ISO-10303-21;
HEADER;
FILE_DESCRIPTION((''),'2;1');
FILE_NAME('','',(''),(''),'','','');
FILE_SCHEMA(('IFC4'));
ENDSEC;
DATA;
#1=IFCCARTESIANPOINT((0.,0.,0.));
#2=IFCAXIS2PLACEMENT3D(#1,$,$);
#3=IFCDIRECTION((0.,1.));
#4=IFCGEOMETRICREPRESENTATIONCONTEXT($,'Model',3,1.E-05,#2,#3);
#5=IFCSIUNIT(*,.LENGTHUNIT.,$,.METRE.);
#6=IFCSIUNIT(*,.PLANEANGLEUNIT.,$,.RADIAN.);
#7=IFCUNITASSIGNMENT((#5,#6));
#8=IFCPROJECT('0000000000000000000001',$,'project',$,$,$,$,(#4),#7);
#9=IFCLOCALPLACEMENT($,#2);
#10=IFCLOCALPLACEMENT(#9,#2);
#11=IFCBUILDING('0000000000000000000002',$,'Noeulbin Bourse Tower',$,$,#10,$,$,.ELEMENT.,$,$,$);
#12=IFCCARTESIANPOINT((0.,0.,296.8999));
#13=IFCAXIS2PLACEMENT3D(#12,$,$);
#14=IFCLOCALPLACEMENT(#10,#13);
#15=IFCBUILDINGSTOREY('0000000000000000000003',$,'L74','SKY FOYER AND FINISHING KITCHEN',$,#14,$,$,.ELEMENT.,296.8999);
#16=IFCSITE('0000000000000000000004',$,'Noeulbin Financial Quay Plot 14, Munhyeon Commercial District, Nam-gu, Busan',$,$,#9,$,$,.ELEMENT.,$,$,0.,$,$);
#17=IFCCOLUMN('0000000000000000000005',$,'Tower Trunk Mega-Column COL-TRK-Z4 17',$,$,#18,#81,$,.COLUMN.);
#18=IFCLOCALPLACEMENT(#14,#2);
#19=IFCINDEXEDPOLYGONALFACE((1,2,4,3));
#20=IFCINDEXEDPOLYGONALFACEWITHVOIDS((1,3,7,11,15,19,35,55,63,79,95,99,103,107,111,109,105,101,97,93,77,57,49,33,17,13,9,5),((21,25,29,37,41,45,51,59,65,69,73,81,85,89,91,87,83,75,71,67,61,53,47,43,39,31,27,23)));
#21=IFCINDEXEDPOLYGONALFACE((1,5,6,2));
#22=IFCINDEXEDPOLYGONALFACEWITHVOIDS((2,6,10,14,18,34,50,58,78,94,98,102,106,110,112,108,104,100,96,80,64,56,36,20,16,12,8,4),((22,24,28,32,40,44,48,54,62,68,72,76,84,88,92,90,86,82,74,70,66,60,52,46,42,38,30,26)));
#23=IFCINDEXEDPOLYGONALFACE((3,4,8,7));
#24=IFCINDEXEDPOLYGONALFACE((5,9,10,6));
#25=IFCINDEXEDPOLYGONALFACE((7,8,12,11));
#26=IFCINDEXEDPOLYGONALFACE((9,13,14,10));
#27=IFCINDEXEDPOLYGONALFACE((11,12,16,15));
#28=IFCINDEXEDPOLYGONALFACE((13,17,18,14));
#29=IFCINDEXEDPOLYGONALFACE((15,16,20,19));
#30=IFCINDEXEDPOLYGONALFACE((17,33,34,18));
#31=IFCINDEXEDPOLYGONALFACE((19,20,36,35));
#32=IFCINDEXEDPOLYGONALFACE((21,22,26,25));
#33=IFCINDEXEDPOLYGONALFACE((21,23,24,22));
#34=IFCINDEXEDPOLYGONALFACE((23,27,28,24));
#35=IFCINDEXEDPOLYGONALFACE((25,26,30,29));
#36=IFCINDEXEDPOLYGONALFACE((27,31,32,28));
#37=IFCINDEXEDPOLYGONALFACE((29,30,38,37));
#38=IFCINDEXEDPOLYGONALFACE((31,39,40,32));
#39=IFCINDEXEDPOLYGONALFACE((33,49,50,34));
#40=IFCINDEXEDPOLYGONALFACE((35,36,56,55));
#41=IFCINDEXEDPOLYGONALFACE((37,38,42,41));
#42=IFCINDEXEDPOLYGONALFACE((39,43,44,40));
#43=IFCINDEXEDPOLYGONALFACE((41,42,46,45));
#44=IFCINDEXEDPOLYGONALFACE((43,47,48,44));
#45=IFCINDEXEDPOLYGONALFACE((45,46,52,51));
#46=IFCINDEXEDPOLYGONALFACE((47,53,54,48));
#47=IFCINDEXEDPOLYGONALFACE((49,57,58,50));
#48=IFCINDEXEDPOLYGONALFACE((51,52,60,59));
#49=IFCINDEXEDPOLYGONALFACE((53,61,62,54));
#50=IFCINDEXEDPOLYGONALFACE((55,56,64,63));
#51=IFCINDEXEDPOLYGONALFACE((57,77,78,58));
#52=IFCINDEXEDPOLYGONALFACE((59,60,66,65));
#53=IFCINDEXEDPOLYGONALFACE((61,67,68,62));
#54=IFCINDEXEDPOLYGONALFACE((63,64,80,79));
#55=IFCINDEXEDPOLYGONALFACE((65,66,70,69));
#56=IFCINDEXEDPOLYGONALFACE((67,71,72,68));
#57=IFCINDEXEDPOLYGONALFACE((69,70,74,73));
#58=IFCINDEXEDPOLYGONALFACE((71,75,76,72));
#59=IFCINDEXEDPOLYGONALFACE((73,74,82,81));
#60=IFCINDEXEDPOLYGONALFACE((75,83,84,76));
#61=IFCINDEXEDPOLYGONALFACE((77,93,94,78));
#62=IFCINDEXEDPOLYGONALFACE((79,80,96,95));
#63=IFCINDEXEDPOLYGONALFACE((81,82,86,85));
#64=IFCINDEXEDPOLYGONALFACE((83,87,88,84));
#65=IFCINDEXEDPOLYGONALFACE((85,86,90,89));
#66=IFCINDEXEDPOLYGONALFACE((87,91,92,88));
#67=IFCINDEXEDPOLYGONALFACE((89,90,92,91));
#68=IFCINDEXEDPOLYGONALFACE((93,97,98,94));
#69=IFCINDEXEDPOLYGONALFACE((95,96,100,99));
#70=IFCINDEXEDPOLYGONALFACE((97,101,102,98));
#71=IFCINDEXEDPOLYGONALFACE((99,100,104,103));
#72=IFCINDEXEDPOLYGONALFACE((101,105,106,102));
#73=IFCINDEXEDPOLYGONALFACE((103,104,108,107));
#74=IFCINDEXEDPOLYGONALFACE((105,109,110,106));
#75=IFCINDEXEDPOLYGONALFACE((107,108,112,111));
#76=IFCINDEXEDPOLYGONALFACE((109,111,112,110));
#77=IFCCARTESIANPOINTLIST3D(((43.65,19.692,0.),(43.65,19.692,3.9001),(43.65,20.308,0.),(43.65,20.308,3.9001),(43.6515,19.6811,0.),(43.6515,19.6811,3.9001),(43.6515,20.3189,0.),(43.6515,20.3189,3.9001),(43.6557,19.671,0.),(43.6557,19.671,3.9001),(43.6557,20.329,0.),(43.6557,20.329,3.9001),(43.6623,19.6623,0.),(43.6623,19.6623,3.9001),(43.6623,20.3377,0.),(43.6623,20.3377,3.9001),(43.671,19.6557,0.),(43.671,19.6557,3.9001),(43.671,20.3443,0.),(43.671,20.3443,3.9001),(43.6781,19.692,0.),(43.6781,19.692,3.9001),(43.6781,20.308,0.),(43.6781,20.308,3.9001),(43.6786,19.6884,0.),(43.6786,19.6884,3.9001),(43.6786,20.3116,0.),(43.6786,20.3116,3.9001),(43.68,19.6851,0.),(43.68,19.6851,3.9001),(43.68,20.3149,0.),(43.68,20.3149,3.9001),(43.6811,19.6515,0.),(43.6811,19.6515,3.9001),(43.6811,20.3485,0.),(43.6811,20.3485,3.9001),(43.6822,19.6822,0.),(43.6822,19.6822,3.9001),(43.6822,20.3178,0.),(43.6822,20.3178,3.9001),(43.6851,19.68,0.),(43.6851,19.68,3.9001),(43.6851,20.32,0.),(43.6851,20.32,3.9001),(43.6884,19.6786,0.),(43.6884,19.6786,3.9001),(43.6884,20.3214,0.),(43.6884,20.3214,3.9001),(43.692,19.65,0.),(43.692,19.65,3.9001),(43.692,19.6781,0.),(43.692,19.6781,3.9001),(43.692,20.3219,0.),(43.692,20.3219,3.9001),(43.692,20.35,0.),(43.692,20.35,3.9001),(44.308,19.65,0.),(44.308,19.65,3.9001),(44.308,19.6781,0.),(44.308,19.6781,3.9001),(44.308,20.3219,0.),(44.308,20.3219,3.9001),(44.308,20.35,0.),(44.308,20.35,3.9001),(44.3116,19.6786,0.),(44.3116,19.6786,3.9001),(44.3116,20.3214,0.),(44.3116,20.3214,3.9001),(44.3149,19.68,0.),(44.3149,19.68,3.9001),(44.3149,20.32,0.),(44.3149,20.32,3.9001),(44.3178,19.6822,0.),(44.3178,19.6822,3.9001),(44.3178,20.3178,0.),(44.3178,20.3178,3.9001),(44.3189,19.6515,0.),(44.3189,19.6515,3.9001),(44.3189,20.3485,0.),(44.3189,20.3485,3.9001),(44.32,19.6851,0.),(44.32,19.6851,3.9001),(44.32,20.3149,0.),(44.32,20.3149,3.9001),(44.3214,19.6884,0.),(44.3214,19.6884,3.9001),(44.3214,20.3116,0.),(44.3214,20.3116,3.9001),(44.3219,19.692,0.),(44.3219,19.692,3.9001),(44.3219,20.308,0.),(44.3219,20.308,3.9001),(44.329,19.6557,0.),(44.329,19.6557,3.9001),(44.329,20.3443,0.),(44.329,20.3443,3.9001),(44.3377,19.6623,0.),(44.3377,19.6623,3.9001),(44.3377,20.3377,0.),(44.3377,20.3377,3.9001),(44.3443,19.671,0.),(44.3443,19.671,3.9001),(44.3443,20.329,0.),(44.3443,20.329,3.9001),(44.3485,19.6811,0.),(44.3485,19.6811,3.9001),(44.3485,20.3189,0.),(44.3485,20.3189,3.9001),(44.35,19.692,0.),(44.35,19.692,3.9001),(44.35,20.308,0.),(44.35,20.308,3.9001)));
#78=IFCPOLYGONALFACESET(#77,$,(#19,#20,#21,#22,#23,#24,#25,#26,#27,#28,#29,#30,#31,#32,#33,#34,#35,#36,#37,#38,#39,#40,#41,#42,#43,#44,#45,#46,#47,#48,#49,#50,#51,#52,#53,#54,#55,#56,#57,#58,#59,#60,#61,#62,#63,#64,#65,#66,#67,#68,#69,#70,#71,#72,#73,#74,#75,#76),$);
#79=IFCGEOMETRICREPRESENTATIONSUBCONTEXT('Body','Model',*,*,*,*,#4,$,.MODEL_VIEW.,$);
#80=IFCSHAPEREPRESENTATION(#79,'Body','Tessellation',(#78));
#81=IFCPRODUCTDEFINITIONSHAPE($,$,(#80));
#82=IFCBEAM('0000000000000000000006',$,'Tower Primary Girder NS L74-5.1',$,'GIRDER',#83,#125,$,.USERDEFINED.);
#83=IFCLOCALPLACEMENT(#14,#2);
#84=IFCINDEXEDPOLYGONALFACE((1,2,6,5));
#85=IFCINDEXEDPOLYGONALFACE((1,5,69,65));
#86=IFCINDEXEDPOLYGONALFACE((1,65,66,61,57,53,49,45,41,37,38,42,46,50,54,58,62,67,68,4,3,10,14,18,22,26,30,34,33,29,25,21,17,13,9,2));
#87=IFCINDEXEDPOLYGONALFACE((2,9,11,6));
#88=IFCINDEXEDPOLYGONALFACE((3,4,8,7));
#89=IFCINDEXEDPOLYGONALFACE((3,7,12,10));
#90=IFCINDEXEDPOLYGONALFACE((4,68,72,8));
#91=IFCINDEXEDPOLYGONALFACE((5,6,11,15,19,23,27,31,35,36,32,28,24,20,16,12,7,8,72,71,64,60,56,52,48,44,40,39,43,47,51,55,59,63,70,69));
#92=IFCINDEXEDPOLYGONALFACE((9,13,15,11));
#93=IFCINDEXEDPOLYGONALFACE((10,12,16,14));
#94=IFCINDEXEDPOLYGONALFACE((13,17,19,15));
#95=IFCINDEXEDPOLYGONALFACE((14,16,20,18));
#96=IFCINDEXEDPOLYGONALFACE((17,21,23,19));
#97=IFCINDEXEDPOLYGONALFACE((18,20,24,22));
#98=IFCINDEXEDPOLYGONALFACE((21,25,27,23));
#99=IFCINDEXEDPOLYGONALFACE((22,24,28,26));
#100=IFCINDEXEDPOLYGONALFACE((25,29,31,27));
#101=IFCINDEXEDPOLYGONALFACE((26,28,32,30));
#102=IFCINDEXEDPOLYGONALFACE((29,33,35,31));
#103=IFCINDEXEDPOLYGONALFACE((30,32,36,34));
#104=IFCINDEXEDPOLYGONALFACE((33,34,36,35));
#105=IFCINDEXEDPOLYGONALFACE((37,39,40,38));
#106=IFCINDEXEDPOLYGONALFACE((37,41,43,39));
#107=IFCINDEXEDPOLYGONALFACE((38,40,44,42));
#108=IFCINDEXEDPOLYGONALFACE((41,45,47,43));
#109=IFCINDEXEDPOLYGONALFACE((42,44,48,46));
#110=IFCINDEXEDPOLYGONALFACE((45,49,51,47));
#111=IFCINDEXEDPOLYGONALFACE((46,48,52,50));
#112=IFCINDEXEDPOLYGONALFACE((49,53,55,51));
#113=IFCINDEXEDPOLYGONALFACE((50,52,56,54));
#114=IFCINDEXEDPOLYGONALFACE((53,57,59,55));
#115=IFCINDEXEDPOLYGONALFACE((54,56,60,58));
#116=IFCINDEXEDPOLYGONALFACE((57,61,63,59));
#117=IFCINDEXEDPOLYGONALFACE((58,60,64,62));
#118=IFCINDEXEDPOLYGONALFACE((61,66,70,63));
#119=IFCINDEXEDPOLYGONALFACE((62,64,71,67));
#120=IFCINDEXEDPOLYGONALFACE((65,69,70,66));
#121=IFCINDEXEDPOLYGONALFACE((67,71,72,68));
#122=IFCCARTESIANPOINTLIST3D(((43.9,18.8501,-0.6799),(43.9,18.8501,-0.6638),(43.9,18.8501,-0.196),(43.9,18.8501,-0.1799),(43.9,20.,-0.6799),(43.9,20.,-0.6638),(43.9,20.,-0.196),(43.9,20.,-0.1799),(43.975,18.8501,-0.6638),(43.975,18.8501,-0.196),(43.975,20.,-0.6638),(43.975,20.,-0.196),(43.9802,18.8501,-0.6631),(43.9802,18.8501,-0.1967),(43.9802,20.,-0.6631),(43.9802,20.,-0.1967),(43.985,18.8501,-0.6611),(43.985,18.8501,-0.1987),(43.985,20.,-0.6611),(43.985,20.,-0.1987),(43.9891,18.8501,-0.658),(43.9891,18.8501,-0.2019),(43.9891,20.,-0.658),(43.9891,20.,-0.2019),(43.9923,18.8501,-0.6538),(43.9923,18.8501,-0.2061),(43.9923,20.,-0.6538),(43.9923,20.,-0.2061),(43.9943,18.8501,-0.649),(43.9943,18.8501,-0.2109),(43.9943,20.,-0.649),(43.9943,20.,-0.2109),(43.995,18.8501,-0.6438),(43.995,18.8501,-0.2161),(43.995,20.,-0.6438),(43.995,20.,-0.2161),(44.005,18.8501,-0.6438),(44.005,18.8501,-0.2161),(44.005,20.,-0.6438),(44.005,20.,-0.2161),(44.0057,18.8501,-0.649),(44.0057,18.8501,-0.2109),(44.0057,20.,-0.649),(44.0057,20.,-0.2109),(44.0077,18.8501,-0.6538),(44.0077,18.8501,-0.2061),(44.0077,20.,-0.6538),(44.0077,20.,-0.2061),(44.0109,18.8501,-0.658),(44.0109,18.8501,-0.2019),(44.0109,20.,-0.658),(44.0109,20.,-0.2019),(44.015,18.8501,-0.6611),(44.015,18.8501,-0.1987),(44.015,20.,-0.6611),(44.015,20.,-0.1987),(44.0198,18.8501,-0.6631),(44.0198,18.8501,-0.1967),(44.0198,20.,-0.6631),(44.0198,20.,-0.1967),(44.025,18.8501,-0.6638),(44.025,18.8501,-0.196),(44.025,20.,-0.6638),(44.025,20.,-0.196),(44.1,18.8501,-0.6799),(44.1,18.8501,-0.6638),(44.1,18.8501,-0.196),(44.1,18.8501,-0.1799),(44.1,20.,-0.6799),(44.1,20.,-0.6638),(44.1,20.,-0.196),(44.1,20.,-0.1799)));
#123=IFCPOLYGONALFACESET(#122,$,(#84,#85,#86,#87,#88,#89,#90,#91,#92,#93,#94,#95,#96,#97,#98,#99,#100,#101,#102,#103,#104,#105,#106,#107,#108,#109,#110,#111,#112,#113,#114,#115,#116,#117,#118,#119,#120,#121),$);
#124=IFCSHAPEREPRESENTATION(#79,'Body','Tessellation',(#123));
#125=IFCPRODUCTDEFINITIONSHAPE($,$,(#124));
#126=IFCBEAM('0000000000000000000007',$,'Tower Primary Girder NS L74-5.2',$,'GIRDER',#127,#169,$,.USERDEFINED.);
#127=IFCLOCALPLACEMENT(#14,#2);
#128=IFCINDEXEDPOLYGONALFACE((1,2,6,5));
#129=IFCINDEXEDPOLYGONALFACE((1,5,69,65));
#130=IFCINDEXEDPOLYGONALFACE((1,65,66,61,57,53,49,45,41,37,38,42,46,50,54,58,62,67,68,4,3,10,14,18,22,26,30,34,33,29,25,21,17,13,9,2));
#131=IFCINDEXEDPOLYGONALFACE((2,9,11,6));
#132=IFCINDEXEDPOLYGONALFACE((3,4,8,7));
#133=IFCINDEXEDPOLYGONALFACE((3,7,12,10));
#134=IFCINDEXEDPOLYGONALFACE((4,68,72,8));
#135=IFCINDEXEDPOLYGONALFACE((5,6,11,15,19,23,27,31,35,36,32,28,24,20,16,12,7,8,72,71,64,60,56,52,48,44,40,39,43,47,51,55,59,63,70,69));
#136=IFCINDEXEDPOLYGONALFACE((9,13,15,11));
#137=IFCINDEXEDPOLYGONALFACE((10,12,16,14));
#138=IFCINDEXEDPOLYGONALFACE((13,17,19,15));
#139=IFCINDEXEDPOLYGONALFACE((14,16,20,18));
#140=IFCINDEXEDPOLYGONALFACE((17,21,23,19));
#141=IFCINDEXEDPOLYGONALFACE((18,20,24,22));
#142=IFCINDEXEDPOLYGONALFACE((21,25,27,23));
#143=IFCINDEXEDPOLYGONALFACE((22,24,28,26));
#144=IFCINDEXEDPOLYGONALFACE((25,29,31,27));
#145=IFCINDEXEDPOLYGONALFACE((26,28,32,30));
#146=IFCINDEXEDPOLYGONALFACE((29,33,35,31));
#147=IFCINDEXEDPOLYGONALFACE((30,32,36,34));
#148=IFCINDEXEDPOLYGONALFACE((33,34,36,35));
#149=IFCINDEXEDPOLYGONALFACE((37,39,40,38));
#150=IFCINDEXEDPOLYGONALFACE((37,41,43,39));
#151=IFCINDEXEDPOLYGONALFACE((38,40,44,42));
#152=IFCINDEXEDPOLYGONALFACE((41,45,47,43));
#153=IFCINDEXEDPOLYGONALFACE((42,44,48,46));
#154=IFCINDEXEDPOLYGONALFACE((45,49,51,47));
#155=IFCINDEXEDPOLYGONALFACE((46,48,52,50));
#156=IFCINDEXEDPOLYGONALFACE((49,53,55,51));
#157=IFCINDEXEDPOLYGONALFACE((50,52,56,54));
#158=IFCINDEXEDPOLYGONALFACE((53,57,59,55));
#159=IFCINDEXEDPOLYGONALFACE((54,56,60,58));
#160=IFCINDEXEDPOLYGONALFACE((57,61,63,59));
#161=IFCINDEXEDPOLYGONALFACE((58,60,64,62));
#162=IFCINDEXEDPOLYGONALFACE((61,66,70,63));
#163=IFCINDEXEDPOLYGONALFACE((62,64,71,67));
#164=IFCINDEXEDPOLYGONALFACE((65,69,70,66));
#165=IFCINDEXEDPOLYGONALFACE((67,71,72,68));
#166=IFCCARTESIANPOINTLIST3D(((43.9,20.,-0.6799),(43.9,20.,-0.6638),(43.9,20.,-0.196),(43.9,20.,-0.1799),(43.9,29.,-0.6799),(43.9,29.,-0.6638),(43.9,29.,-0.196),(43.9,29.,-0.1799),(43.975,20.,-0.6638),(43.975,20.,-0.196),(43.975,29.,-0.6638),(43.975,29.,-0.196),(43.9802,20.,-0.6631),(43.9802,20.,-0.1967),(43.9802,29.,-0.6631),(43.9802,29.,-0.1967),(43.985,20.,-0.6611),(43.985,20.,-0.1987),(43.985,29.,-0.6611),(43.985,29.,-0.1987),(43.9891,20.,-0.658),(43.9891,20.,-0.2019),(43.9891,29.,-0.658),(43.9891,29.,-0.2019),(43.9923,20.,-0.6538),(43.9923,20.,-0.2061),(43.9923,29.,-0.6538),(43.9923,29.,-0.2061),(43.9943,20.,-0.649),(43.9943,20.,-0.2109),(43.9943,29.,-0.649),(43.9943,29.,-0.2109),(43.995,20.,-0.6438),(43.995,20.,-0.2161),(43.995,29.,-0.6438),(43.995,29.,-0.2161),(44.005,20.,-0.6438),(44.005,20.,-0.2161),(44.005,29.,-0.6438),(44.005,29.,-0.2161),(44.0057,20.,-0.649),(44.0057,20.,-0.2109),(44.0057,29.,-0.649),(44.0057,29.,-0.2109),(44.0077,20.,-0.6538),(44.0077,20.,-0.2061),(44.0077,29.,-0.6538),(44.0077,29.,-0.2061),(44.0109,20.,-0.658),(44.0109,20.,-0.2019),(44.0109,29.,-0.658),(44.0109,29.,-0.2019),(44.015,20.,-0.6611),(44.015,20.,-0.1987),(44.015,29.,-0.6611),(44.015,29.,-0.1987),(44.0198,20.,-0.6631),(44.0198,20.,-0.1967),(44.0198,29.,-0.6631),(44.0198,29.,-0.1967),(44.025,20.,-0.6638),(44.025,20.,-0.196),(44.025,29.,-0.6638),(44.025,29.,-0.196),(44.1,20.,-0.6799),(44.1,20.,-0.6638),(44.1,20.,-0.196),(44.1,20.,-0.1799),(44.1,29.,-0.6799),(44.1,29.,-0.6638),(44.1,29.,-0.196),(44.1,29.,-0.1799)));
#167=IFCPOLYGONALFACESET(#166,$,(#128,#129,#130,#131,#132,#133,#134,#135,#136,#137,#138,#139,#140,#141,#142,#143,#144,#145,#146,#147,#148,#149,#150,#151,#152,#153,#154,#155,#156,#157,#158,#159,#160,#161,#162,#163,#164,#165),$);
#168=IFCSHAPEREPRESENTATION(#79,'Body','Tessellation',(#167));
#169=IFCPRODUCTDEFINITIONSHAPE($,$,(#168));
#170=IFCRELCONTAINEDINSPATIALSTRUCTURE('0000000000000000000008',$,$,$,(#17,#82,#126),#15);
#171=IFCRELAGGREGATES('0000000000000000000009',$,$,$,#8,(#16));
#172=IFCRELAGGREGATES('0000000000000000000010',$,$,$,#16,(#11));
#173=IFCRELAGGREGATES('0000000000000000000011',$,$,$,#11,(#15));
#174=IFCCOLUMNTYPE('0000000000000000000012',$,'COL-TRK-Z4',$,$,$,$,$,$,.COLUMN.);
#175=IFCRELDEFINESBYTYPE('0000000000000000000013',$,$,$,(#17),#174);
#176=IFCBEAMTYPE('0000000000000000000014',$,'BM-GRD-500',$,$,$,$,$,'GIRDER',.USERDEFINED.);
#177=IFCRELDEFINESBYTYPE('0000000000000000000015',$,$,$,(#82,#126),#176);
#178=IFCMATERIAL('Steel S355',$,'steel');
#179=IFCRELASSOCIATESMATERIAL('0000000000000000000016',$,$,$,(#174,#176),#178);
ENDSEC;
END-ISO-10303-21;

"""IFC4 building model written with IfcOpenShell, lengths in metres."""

from ifc_helpers import new_model, si_unit, direction, frame, origin, origin_2d, place, context, subcontext, project, spatial, hollow_rectangle, i_section, extrude, material, material_profile, profile_set, type_object, element, save


model = new_model("IFC4")

# Units and contexts
model_context = context("Model", 3, precision=1e-05, world=origin(), true_north=direction((0.0, 1.0)))
body_context = subcontext(model_context, "Body", "Model", "MODEL_VIEW")
ifc_project = project(units=[si_unit("LENGTHUNIT", "METRE"), si_unit("PLANEANGLEUNIT", "RADIAN")], contexts=[model_context])

# Site, building, storey
site_placement = place(None, origin())
site = spatial("IfcSite", under=ifc_project, at=site_placement, Name="Noeulbin Financial Quay Plot 14, Munhyeon Commercial District, Nam-gu, Busan", CompositionType="ELEMENT", RefElevation=0.0)
building_placement = place(site_placement, origin())
building = spatial("IfcBuilding", under=site, at=building_placement, Name="Noeulbin Bourse Tower", CompositionType="ELEMENT")
storey_placement = place(building_placement, frame((0.0, 0.0, 296.8999)))
storey = spatial("IfcBuildingStorey", under=building, at=storey_placement, Name="L74", Description="SKY FOYER AND FINISHING KITCHEN", CompositionType="ELEMENT", Elevation=296.8999)

# Column
ifc_material_1 = material(Name="Steel S355", Category="steel")
ifc_material_profile_1 = material_profile(ifc_material_1, hollow_rectangle(XDim=0.7, YDim=0.7, WallThickness=0.0281, InnerFilletRadius=0.0139, OuterFilletRadius=0.042, at=origin_2d()), Name="BOX-700x700x28", Category="LoadBearing")
ifc_profile_set_1 = profile_set([ifc_material_profile_1], Name="Steel S355")
column_type = type_object("IfcColumnType", Name="COL-TRK-Z4", PredefinedType="COLUMN", material=ifc_profile_set_1)
column_placement = place(storey_placement, frame((44.0, 20.0, 0.0), z_axis=(0.0, 0.0, 1.0), x_axis=(1.0, 0.0, 0.0)))
element("IfcColumn", 1, at=column_placement, inside=storey, type_object=column_type, Name="Tower Trunk Mega-Column COL-TRK-Z4 17", PredefinedType="COLUMN", context=body_context, shape_type="SweptSolid", body=[
    extrude(hollow_rectangle(XDim=0.7, YDim=0.7, WallThickness=0.0281, InnerFilletRadius=0.0139, OuterFilletRadius=0.042, at=origin_2d()), origin(), (0.0, 0.0, 1.0), 3.9001),
])

# Beams
ifc_material_profile_2 = material_profile(ifc_material_1, i_section(OverallWidth=0.2, OverallDepth=0.5, WebThickness=0.01, FlangeThickness=0.0161, FilletRadius=0.02, at=origin_2d()), Name="H-500x200x10x16", Category="LoadBearing")
ifc_profile_set_2 = profile_set([ifc_material_profile_2], Name="Steel S355")
beam_type_1 = type_object("IfcBeamType", Name="BM-GRD-500", ElementType="GIRDER", PredefinedType="USERDEFINED", material=ifc_profile_set_2)
beam_1_placement = place(storey_placement, frame((44.0, 18.8501, -0.4299), z_axis=(0.0, 1.0, 0.0), x_axis=(-1.0, 0.0, 0.0)))
element("IfcBeam", 2, at=beam_1_placement, inside=storey, type_object=beam_type_1, Name="Tower Primary Girder NS L74-5.1", ObjectType="GIRDER", PredefinedType="USERDEFINED", context=body_context, shape_type="SweptSolid", body=[
    extrude(i_section(OverallWidth=0.2, OverallDepth=0.5, WebThickness=0.01, FlangeThickness=0.0161, FilletRadius=0.02, at=origin_2d()), origin(), (0.0, 0.0, 1.0), 1.1499),
])
beam_2_placement = place(storey_placement, frame((44.0, 20.0, -0.4299), z_axis=(0.0, 1.0, 0.0), x_axis=(-1.0, 0.0, 0.0)))
element("IfcBeam", 3, at=beam_2_placement, inside=storey, type_object=beam_type_1, Name="Tower Primary Girder NS L74-5.2", ObjectType="GIRDER", PredefinedType="USERDEFINED", context=body_context, shape_type="SweptSolid", body=[
    extrude(i_section(OverallWidth=0.2, OverallDepth=0.5, WebThickness=0.01, FlangeThickness=0.0161, FilletRadius=0.02, at=origin_2d()), origin(), (0.0, 0.0, 1.0), 9.0),
])

save(model, "model.ifc")
